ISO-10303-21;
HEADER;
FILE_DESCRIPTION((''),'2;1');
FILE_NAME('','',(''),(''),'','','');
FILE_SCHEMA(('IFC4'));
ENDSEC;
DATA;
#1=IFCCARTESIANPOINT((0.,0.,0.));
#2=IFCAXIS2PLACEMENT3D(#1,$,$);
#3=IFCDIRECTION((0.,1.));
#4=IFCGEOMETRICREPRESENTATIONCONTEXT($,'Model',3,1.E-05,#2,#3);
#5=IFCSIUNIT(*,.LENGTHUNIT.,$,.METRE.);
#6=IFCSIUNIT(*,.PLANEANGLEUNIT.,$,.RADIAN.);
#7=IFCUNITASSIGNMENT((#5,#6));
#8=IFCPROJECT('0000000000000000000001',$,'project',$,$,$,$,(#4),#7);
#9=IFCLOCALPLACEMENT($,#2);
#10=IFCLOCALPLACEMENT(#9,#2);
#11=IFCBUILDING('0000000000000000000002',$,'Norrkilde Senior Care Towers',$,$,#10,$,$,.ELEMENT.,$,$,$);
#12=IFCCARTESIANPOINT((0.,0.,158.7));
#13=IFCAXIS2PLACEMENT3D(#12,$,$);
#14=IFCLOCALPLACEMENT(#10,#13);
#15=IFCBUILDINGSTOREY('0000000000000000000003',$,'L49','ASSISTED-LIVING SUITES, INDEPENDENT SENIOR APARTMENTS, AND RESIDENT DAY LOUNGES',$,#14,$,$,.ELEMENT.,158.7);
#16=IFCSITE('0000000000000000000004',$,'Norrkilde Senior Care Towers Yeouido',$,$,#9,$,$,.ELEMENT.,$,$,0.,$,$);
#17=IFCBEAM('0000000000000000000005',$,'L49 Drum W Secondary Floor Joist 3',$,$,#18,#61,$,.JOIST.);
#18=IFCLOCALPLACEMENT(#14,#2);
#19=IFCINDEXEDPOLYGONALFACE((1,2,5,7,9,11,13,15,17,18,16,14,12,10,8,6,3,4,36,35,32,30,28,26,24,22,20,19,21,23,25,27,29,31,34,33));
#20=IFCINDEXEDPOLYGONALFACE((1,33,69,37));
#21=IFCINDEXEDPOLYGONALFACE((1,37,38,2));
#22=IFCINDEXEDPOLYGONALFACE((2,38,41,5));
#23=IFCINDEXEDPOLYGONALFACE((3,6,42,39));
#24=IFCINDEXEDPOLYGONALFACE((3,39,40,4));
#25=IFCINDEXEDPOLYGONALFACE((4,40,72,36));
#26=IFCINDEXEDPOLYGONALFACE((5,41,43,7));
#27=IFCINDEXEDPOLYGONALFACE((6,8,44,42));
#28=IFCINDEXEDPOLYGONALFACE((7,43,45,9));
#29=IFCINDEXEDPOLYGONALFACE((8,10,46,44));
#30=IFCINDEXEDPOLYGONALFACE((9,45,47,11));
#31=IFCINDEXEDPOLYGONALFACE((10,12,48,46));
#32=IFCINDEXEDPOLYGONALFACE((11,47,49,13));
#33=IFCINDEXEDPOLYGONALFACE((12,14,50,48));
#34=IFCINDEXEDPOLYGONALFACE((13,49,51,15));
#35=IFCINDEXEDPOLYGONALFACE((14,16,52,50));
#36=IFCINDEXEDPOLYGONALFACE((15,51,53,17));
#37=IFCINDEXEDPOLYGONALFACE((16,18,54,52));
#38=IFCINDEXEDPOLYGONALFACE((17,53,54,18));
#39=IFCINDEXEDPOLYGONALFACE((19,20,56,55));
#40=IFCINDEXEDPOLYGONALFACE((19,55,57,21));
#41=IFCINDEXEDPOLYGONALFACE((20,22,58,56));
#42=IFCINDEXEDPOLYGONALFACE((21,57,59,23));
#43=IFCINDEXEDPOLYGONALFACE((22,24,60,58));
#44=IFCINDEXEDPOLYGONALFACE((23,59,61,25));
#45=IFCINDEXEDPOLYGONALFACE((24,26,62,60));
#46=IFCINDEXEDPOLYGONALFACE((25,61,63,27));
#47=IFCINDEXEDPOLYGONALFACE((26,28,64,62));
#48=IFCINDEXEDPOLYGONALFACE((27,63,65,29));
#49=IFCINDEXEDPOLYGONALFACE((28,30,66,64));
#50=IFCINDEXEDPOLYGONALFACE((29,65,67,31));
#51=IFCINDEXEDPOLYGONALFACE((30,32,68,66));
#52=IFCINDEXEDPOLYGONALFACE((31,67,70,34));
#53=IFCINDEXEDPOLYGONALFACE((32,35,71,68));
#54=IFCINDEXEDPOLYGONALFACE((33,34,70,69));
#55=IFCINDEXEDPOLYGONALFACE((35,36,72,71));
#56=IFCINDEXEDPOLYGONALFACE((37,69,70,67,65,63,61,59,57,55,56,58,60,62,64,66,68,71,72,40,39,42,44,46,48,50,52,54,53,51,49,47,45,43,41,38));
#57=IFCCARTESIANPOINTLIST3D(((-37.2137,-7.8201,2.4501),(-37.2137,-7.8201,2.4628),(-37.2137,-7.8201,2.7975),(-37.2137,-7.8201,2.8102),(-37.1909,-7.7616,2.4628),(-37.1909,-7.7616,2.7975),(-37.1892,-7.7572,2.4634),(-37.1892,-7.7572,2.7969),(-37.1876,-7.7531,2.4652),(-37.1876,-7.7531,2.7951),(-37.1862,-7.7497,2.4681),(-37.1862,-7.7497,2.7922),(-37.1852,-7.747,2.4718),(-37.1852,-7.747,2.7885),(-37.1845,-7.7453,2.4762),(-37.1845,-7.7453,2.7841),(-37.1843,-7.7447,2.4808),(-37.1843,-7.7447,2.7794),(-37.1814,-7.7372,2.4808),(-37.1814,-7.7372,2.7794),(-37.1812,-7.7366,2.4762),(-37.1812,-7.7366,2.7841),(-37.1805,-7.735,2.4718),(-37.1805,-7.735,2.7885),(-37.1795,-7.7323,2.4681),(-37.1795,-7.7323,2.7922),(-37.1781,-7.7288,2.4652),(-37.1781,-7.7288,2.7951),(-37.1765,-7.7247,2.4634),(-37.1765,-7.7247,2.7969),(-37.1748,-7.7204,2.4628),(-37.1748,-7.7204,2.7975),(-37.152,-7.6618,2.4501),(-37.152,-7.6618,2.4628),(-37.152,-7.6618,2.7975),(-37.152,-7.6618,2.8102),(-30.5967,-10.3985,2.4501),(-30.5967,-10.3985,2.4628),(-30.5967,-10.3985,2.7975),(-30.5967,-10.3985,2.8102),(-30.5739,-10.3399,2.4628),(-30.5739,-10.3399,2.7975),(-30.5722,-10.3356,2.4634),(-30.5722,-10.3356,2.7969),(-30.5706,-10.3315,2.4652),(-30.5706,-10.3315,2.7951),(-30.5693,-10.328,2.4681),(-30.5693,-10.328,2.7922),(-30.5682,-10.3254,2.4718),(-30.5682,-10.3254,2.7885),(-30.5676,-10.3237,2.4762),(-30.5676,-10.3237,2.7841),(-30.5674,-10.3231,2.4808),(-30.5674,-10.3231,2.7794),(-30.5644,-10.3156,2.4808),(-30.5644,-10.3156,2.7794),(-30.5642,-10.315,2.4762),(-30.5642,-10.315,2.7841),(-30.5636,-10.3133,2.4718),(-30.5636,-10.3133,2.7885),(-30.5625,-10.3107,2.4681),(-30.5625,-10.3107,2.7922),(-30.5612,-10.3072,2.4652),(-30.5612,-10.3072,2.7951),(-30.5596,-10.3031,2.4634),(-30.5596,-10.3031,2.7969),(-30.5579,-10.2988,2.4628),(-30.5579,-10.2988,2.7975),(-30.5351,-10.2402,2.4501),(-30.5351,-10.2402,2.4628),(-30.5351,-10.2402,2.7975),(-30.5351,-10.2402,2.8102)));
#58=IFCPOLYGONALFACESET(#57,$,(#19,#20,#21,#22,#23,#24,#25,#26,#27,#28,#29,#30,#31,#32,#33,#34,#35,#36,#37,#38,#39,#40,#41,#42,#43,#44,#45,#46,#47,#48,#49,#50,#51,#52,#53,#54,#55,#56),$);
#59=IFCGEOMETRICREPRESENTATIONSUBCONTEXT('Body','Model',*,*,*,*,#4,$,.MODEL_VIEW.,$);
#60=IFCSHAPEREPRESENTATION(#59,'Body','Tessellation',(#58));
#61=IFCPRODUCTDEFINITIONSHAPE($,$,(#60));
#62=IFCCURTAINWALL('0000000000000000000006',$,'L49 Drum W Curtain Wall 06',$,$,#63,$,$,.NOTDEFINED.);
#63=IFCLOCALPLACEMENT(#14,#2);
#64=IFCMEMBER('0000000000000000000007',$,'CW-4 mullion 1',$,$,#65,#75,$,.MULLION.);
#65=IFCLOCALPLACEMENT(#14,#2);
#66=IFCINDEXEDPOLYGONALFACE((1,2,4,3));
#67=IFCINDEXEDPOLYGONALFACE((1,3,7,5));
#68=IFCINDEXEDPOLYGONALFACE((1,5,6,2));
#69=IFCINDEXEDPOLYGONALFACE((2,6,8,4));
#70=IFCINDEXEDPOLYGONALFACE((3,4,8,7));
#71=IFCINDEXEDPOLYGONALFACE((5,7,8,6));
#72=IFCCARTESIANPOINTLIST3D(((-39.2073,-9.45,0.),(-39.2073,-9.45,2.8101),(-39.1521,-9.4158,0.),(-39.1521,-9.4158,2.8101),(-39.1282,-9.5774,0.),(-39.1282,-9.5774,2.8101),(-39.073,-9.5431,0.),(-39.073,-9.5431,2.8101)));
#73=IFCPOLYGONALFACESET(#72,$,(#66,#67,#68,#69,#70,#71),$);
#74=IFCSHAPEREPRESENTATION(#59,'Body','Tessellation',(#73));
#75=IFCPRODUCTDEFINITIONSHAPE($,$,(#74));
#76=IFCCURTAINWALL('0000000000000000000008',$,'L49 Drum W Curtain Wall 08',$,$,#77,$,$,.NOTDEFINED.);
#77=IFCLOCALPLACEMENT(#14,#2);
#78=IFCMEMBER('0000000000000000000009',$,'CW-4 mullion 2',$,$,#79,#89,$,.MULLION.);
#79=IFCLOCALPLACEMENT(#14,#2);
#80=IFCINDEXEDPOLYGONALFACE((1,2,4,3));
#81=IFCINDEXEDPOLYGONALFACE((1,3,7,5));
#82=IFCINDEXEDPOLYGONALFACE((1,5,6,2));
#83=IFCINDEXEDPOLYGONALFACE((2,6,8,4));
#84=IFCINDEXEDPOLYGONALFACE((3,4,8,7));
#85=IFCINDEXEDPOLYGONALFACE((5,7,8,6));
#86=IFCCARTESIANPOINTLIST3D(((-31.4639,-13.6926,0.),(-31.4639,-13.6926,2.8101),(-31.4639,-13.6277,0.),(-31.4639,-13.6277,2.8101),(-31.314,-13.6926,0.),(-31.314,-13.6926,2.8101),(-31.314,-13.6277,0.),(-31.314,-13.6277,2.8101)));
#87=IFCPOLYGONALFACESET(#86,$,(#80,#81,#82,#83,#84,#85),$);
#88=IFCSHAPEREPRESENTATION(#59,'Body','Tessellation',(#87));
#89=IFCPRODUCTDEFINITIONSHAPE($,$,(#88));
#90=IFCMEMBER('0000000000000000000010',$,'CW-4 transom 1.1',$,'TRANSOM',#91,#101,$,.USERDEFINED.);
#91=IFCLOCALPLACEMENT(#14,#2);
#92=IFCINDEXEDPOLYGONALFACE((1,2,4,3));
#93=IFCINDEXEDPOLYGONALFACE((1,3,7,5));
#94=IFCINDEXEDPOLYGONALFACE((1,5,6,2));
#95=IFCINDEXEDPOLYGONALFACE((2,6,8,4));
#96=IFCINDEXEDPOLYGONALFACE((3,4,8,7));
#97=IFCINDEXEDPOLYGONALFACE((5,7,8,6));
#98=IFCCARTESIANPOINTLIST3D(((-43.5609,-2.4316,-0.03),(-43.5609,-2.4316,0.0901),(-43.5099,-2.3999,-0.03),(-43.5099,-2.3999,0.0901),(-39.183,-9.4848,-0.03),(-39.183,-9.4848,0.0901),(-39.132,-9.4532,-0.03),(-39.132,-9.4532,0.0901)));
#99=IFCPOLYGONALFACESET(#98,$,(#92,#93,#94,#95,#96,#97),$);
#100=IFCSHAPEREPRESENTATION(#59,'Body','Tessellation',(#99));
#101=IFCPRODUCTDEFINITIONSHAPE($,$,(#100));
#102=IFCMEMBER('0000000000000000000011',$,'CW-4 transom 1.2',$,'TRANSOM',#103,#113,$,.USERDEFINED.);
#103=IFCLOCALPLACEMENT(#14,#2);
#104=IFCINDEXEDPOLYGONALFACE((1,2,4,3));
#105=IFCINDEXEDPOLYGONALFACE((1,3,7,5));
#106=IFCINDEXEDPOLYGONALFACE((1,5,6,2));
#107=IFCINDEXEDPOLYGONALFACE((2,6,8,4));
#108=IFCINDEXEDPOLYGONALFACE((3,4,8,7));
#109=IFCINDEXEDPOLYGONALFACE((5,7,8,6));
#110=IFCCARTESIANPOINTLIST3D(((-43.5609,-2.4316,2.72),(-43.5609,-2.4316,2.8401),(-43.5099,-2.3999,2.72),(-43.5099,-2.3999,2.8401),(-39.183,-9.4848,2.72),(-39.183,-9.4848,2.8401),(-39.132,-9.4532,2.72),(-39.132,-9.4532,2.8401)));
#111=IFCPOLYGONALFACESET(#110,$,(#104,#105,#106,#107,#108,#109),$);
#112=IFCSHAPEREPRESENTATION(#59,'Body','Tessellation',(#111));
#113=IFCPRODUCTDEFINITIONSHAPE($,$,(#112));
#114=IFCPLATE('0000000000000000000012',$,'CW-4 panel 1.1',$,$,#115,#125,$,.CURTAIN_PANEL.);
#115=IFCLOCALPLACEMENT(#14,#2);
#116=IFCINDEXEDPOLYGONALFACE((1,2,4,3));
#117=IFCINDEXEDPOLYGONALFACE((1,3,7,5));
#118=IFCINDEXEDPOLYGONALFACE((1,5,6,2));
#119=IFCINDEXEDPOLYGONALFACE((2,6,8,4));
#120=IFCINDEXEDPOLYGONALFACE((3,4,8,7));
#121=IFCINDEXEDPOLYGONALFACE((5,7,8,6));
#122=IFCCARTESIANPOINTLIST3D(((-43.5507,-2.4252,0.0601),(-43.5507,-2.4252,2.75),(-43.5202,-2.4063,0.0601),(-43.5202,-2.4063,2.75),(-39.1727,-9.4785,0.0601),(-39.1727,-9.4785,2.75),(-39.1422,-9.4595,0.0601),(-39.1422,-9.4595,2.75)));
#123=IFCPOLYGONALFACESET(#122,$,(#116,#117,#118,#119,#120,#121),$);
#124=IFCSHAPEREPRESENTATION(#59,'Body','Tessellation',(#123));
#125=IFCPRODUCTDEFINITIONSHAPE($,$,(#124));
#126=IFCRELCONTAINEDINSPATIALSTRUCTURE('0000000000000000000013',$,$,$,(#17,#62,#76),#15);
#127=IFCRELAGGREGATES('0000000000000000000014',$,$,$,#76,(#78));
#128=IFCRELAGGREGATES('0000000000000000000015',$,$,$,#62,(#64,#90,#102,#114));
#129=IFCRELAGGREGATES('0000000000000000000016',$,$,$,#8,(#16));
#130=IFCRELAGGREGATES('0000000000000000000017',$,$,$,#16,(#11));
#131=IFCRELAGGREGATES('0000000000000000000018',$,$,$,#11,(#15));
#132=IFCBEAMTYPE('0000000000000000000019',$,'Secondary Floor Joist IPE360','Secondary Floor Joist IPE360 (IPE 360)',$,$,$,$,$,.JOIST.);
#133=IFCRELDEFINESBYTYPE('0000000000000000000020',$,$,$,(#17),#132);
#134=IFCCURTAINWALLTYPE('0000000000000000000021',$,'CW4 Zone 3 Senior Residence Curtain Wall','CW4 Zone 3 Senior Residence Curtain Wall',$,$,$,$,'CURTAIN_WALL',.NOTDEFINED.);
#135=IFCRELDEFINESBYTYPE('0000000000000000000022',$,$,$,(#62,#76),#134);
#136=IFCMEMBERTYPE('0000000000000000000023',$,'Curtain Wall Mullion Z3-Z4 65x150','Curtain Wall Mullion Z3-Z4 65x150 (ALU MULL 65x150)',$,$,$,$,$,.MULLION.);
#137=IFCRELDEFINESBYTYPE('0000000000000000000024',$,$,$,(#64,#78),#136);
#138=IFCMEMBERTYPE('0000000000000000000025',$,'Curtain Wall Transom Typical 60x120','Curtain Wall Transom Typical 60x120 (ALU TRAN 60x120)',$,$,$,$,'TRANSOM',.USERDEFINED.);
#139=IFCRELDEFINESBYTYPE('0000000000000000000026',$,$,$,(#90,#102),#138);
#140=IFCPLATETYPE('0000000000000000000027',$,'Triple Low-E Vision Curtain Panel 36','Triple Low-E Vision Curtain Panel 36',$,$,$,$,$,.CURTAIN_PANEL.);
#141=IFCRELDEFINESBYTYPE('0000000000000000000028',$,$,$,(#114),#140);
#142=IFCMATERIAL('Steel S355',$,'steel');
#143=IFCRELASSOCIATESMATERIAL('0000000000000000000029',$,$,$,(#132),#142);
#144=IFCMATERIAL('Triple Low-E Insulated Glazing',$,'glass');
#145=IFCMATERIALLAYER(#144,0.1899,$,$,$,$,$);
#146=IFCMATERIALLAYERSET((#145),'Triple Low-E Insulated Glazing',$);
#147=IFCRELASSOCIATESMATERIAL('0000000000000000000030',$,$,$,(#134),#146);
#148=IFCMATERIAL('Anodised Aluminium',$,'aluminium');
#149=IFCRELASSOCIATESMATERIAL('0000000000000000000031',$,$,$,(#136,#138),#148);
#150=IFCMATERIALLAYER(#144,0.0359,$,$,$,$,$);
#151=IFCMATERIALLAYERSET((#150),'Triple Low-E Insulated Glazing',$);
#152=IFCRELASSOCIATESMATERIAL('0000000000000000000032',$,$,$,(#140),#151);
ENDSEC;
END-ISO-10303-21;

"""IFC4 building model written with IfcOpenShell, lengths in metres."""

from ifc_helpers import new_model, si_unit, direction, frame, origin, origin_2d, place, context, subcontext, project, spatial, rectangle, i_section, extrude, source, transform, mapped, material, layer, layer_set, material_profile, profile_set, type_object, type_shapes, element, aggregate, save


model = new_model("IFC4")

# Units and contexts
model_context = context("Model", 3, precision=1e-05, world=origin(), true_north=direction((0.0, 1.0)))
body_context = subcontext(model_context, "Body", "Model", "MODEL_VIEW")
ifc_project = project(units=[si_unit("LENGTHUNIT", "METRE"), si_unit("PLANEANGLEUNIT", "RADIAN")], contexts=[model_context])

# Site, building, storey
site_placement = place(None, origin())
site = spatial("IfcSite", under=ifc_project, at=site_placement, Name="Norrkilde Senior Care Towers Yeouido", CompositionType="ELEMENT", RefElevation=0.0)
building_placement = place(site_placement, origin())
building = spatial("IfcBuilding", under=site, at=building_placement, Name="Norrkilde Senior Care Towers", CompositionType="ELEMENT")
storey_placement = place(building_placement, frame((0.0, 0.0, 158.7)))
storey = spatial("IfcBuildingStorey", under=building, at=storey_placement, Name="L49", Description="ASSISTED-LIVING SUITES, INDEPENDENT SENIOR APARTMENTS, AND RESIDENT DAY LOUNGES", CompositionType="ELEMENT", Elevation=158.7)

# Beam
ifc_material_1 = material(Name="Steel S355", Category="steel")
ifc_material_profile_1 = material_profile(ifc_material_1, i_section(OverallWidth=0.1699, OverallDepth=0.3601, WebThickness=0.0081, FlangeThickness=0.0127, FilletRadius=0.0181, at=origin_2d()), Name="IPE 360")
ifc_profile_set_1 = profile_set([ifc_material_profile_1], Name="Steel S355")
beam_type_1 = type_object("IfcBeamType", Name="Secondary Floor Joist IPE360", Description="Secondary Floor Joist IPE360 (IPE 360)", PredefinedType="JOIST", material=ifc_profile_set_1)
shared_shape_1 = source(origin(), body_context, "Body", "SweptSolid", [
    extrude(i_section(OverallWidth=0.1699, OverallDepth=0.3601, WebThickness=0.0081, FlangeThickness=0.0127, FilletRadius=0.0181, at=origin_2d()), origin(), (0.0, 0.0, 1.0), 7.1016),
])
type_shapes(beam_type_1, [shared_shape_1])
beam_1_placement = place(storey_placement, frame((-37.1829, -7.741, 2.6301), z_axis=(0.931761, -0.363072, 0.0), x_axis=(0.363072, 0.931761, 0.0)))
element("IfcBeam", 1, at=beam_1_placement, inside=storey, type_object=beam_type_1, Name="L49 Drum W Secondary Floor Joist 3", PredefinedType="JOIST", context=body_context, shape_type="MappedRepresentation", body=[
    mapped(shared_shape_1, transform((0.0, 0.0, 0.0), x_axis=(1.0, 0.0, 0.0), y_axis=(0.0, 1.0, 0.0), z_axis=(0.0, 0.0, 1.0), scale=1.0)),
])

# Curtain walls, members
ifc_material_2 = material(Name="Triple Low-E Insulated Glazing", Category="glass")
ifc_layer_1 = layer(ifc_material_2, 0.1899)
ifc_layer_set_1 = layer_set([ifc_layer_1], Name="Triple Low-E Insulated Glazing")
curtain_wall_type = type_object("IfcCurtainWallType", Name="CW4 Zone 3 Senior Residence Curtain Wall", Description="CW4 Zone 3 Senior Residence Curtain Wall", ElementType="CURTAIN_WALL", PredefinedType="NOTDEFINED", material=ifc_layer_set_1)
curtain_wall_1_placement = place(storey_placement, origin())
curtain_wall_1 = element("IfcCurtainWall", 2, at=curtain_wall_1_placement, inside=storey, type_object=curtain_wall_type, Name="L49 Drum W Curtain Wall 06", PredefinedType="NOTDEFINED")
ifc_material_3 = material(Name="Anodised Aluminium", Category="aluminium")
ifc_material_profile_2 = material_profile(ifc_material_3, rectangle(XDim=0.0649, YDim=0.1499, at=origin_2d()), Name="ALU MULL 65x150")
ifc_profile_set_2 = profile_set([ifc_material_profile_2], Name="Anodised Aluminium")
member_type_1 = type_object("IfcMemberType", Name="Curtain Wall Mullion Z3-Z4 65x150", Description="Curtain Wall Mullion Z3-Z4 65x150 (ALU MULL 65x150)", PredefinedType="MULLION", material=ifc_profile_set_2)
shared_shape_2 = source(origin(), body_context, "Body", "SweptSolid", [
    extrude(rectangle(XDim=0.0649, YDim=0.1499, at=origin_2d()), origin(), (0.0, 0.0, 1.0), 2.8101),
])
type_shapes(member_type_1, [shared_shape_2])
member_1_placement = place(storey_placement, frame((-39.1401, -9.4966, 0.0), z_axis=(0.0, 0.0, 1.0), x_axis=(-0.849634, -0.527373, 0.0)))
member_1 = element("IfcMember", 3, at=member_1_placement, type_object=member_type_1, Name="CW-4 mullion 1", PredefinedType="MULLION", context=body_context, shape_type="MappedRepresentation", body=[
    mapped(shared_shape_2, transform((0.0, 0.0, 0.0), x_axis=(1.0, 0.0, 0.0), y_axis=(0.0, 1.0, 0.0), z_axis=(0.0, 0.0, 1.0), scale=1.0)),
])
curtain_wall_2_placement = place(storey_placement, origin())
curtain_wall_2 = element("IfcCurtainWall", 4, at=curtain_wall_2_placement, inside=storey, type_object=curtain_wall_type, Name="L49 Drum W Curtain Wall 08", PredefinedType="NOTDEFINED")
member_2_placement = place(storey_placement, frame((-31.3889, -13.6602, 0.0), z_axis=(0.0, 0.0, 1.0), x_axis=(0.0, -1.0, 0.0)))
member_2 = element("IfcMember", 5, at=member_2_placement, type_object=member_type_1, Name="CW-4 mullion 2", PredefinedType="MULLION", context=body_context, shape_type="MappedRepresentation", body=[
    mapped(shared_shape_2, transform((0.0, 0.0, 0.0), x_axis=(1.0, 0.0, 0.0), y_axis=(0.0, 1.0, 0.0), z_axis=(0.0, 0.0, 1.0), scale=1.0)),
])
aggregate(curtain_wall_2, [member_2])

# Members
ifc_material_profile_3 = material_profile(ifc_material_3, rectangle(XDim=0.0601, YDim=0.1201, at=origin_2d()), Name="ALU TRAN 60x120")
ifc_profile_set_3 = profile_set([ifc_material_profile_3], Name="Anodised Aluminium")
member_type_2 = type_object("IfcMemberType", Name="Curtain Wall Transom Typical 60x120", Description="Curtain Wall Transom Typical 60x120 (ALU TRAN 60x120)", ElementType="TRANSOM", PredefinedType="USERDEFINED", material=ifc_profile_set_3)
shared_shape_3 = source(origin(), body_context, "Body", "SweptSolid", [
    extrude(rectangle(XDim=0.0601, YDim=0.1201, at=origin_2d()), origin(), (0.0, 0.0, 1.0), 8.3015),
])
type_shapes(member_type_2, [shared_shape_3])
member_3_placement = place(storey_placement, frame((-39.1575, -9.469, 0.03), z_axis=(-0.527369, 0.849637, 0.0), x_axis=(-0.849637, -0.527369, 0.0)))
member_3 = element("IfcMember", 6, at=member_3_placement, type_object=member_type_2, Name="CW-4 transom 1.1", ObjectType="TRANSOM", PredefinedType="USERDEFINED", context=body_context, shape_type="MappedRepresentation", body=[
    mapped(shared_shape_3, transform((0.0, 0.0, 0.0), x_axis=(1.0, 0.0, 0.0), y_axis=(0.0, 1.0, 0.0), z_axis=(0.0, 0.0, 1.0), scale=1.0)),
])
member_4_placement = place(storey_placement, frame((-39.1575, -9.469, 2.78), z_axis=(-0.527369, 0.849637, 0.0), x_axis=(-0.849637, -0.527369, 0.0)))
member_4 = element("IfcMember", 7, at=member_4_placement, type_object=member_type_2, Name="CW-4 transom 1.2", ObjectType="TRANSOM", PredefinedType="USERDEFINED", context=body_context, shape_type="MappedRepresentation", body=[
    mapped(shared_shape_3, transform((0.0, 0.0, 0.0), x_axis=(1.0, 0.0, 0.0), y_axis=(0.0, 1.0, 0.0), z_axis=(0.0, 0.0, 1.0), scale=1.0)),
])

# Plate
ifc_layer_2 = layer(ifc_material_2, 0.0359)
ifc_layer_set_2 = layer_set([ifc_layer_2], Name="Triple Low-E Insulated Glazing")
plate_type = type_object("IfcPlateType", Name="Triple Low-E Vision Curtain Panel 36", Description="Triple Low-E Vision Curtain Panel 36", PredefinedType="CURTAIN_PANEL", material=ifc_layer_set_2)
shared_shape_4 = source(origin(), body_context, "Body", "SweptSolid", [
    extrude(rectangle(XDim=8.3015, YDim=0.0359, at=origin_2d()), origin(), (0.0, 0.0, 1.0), 2.6899),
])
type_shapes(plate_type, [shared_shape_4])
plate_placement = place(storey_placement, frame((-41.3464, -5.9424, 0.0601), z_axis=(0.0, 0.0, 1.0), x_axis=(-0.527373, 0.849634, 0.0)))
plate = element("IfcPlate", 8, at=plate_placement, type_object=plate_type, Name="CW-4 panel 1.1", PredefinedType="CURTAIN_PANEL", context=body_context, shape_type="MappedRepresentation", body=[
    mapped(shared_shape_4, transform((0.0, 0.0, 0.0), x_axis=(1.0, 0.0, 0.0), y_axis=(0.0, 1.0, 0.0), z_axis=(0.0, 0.0, 1.0), scale=1.0)),
])
aggregate(curtain_wall_1, [member_1, member_3, member_4, plate])

save(model, "model.ifc")
